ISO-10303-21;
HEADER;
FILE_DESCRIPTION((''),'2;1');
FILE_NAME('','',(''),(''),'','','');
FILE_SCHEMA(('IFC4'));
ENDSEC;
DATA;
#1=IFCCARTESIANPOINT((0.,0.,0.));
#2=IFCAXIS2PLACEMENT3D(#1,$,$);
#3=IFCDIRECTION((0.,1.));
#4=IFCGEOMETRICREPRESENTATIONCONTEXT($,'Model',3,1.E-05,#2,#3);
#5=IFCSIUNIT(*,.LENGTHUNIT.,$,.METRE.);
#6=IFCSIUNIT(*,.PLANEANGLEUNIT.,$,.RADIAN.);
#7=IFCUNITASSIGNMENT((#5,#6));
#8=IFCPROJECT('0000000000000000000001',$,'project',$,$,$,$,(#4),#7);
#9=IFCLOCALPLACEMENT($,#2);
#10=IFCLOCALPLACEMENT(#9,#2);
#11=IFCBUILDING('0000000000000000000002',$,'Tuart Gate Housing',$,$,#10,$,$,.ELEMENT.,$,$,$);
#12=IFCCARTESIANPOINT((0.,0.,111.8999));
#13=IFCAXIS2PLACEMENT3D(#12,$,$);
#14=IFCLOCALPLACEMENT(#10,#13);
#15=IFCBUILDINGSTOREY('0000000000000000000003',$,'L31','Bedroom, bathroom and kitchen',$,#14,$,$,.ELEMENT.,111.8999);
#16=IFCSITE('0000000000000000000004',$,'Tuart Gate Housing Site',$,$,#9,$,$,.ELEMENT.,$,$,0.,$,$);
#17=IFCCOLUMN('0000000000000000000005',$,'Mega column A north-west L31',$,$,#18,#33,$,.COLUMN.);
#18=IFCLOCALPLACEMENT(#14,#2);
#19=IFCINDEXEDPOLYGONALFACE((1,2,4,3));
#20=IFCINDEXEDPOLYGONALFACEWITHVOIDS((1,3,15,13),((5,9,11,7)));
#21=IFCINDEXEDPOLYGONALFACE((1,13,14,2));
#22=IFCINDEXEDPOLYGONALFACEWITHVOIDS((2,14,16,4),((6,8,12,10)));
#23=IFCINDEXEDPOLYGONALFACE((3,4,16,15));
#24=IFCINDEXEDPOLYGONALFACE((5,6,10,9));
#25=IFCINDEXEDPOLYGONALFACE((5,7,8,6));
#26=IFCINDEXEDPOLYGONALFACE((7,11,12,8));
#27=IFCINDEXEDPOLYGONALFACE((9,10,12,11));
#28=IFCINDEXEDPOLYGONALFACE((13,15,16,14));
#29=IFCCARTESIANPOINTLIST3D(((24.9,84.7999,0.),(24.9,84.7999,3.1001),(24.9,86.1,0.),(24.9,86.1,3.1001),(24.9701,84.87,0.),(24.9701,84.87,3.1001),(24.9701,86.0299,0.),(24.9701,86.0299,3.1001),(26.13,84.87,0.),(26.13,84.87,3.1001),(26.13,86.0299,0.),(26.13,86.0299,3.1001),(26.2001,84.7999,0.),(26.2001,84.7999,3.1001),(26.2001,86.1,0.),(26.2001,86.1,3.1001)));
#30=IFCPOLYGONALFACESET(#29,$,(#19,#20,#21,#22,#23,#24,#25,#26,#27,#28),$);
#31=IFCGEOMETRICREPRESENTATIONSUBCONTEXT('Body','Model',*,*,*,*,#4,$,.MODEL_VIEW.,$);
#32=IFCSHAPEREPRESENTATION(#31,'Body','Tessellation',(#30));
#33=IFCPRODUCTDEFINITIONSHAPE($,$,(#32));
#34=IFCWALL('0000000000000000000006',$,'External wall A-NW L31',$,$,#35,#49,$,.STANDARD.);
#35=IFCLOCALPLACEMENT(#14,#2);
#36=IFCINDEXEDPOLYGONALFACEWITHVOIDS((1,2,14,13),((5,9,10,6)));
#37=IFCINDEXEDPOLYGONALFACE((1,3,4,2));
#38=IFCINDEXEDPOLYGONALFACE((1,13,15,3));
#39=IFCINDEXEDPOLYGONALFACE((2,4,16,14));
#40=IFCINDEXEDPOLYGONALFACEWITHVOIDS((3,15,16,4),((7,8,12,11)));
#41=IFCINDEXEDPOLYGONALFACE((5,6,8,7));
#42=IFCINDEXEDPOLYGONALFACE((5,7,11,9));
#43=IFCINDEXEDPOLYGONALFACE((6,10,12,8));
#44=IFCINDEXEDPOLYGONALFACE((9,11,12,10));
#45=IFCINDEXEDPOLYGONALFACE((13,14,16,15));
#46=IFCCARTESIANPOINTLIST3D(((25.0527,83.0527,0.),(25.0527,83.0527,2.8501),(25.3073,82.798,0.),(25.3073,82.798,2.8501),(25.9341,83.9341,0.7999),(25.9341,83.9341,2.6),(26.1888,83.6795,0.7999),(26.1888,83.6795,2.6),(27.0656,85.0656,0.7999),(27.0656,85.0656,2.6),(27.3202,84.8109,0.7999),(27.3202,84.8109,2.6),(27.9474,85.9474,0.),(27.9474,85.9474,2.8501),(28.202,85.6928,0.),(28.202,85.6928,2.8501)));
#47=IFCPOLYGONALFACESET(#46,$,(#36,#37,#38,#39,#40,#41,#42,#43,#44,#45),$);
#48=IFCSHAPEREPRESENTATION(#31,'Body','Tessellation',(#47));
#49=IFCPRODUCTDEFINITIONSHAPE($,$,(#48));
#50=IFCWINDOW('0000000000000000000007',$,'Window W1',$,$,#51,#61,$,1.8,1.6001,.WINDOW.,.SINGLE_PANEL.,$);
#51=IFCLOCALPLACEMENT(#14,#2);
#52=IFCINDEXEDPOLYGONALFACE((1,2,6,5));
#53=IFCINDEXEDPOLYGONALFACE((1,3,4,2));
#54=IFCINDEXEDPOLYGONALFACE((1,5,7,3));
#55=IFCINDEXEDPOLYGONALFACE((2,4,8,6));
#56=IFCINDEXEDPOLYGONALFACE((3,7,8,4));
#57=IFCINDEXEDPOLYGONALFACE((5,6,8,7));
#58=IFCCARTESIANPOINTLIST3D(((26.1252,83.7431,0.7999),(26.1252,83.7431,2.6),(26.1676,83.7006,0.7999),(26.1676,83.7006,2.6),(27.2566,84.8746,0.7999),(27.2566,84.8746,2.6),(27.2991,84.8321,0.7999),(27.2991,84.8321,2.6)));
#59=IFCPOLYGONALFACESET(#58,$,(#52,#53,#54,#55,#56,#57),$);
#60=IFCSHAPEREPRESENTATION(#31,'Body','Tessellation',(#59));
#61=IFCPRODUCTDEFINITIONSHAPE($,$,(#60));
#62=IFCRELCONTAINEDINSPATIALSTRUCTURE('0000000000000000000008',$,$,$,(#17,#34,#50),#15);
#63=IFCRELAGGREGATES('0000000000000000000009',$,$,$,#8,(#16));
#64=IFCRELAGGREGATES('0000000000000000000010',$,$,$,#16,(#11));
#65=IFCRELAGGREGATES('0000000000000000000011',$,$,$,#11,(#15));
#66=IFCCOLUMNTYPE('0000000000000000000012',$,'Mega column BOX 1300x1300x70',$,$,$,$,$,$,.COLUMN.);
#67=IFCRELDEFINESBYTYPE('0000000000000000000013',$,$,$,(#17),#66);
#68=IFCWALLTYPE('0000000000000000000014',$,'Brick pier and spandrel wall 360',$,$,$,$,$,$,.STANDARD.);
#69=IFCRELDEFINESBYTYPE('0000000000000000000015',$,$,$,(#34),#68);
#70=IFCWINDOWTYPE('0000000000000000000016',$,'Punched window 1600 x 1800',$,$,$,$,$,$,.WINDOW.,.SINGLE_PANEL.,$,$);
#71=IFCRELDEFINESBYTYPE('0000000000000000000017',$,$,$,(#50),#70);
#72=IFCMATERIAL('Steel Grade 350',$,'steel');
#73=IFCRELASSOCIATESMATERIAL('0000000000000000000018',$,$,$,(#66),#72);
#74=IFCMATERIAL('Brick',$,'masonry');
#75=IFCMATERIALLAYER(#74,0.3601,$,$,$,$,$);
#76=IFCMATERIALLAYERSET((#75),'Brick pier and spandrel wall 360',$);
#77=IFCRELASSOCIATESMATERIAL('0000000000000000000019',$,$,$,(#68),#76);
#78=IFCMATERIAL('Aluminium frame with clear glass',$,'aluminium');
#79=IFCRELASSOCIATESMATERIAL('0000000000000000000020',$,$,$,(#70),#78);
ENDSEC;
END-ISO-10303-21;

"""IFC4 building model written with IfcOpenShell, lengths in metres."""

from ifc_helpers import new_model, si_unit, direction, frame, frame_2d, origin, origin_2d, place, context, subcontext, project, spatial, rectangle, hollow_rectangle, extrude, material, layer, layer_set, material_profile, profile_set, type_object, element, fill, save


model = new_model("IFC4")

# Units and contexts
model_context = context("Model", 3, precision=1e-05, world=origin(), true_north=direction((0.0, 1.0)))
body_context = subcontext(model_context, "Body", "Model", "MODEL_VIEW")
ifc_project = project(units=[si_unit("LENGTHUNIT", "METRE"), si_unit("PLANEANGLEUNIT", "RADIAN")], contexts=[model_context])

# Site, building, storey
site_placement = place(None, origin())
site = spatial("IfcSite", under=ifc_project, at=site_placement, Name="Tuart Gate Housing Site", CompositionType="ELEMENT", RefElevation=0.0)
building_placement = place(site_placement, origin())
building = spatial("IfcBuilding", under=site, at=building_placement, Name="Tuart Gate Housing", CompositionType="ELEMENT")
storey_placement = place(building_placement, frame((0.0, 0.0, 111.8999)))
storey = spatial("IfcBuildingStorey", under=building, at=storey_placement, Name="L31", Description="Bedroom, bathroom and kitchen", CompositionType="ELEMENT", Elevation=111.8999)

# Column
ifc_material_1 = material(Name="Steel Grade 350", Category="steel")
ifc_material_profile = material_profile(ifc_material_1, hollow_rectangle(XDim=1.3, YDim=1.3, WallThickness=0.0701, at=origin_2d()), Name="BOX 1300x1300x70")
ifc_profile_set = profile_set([ifc_material_profile], Name="Steel Grade 350")
column_type = type_object("IfcColumnType", Name="Mega column BOX 1300x1300x70", PredefinedType="COLUMN", material=ifc_profile_set)
column_placement = place(storey_placement, frame((25.55, 85.45, 0.0), z_axis=(0.0, 0.0, 1.0), x_axis=(1.0, 0.0, 0.0)))
element("IfcColumn", 1, at=column_placement, inside=storey, type_object=column_type, Name="Mega column A north-west L31", PredefinedType="COLUMN", context=body_context, shape_type="SweptSolid", body=[
    extrude(hollow_rectangle(XDim=1.3, YDim=1.3, WallThickness=0.0701, at=origin_2d()), origin(), (0.0, 0.0, 1.0), 3.1001),
])

# Wall, opening, window
ifc_material_2 = material(Name="Brick", Category="masonry")
ifc_layer_1 = layer(ifc_material_2, 0.3601)
ifc_layer_set_1 = layer_set([ifc_layer_1], Name="Brick pier and spandrel wall 360")
wall_type_1 = type_object("IfcWallType", Name="Brick pier and spandrel wall 360", PredefinedType="STANDARD", material=ifc_layer_set_1)
wall_1_placement = place(storey_placement, frame((28.0747, 85.8201, 0.0), z_axis=(0.0, 0.0, 1.0), x_axis=(-0.707107, -0.707107, 0.0)))
wall_1 = element("IfcWall", 2, at=wall_1_placement, inside=storey, type_object=wall_type_1, Name="External wall A-NW L31", PredefinedType="STANDARD", context=body_context, shape_type="SweptSolid", body=[
    extrude(rectangle(XDim=4.0938, YDim=0.3601, at=frame_2d((2.0469, 0.0))), origin(), (0.0, 0.0, 1.0), 2.8501),
])
opening_1_placement = place(wall_1_placement, frame((1.2471, 0.0, 0.8)))
opening_1 = element("IfcOpeningElement", 3, at=opening_1_placement, cuts=wall_1, PredefinedType="OPENING", context=body_context, shape_type="SweptSolid", body=[
    extrude(rectangle(XDim=1.6001, YDim=1.8, at=frame_2d((0.8, 0.8999))), frame((0.0, 0.1899, 0.0), z_axis=(0.0, -1.0, 0.0), x_axis=(1.0, 0.0, 0.0)), (0.0, 0.0, 1.0), 0.3801),
])
ifc_material_3 = material(Name="Aluminium frame with clear glass", Category="aluminium")
window_type = type_object("IfcWindowType", Name="Punched window 1600 x 1800", PartitioningType="SINGLE_PANEL", PredefinedType="WINDOW", material=ifc_material_3)
window_1_placement = place(opening_1_placement, origin())
window_1 = element("IfcWindow", 4, at=window_1_placement, inside=storey, type_object=window_type, Name="Window W1", OverallHeight=1.8, OverallWidth=1.6001, PartitioningType="SINGLE_PANEL", PredefinedType="WINDOW", context=body_context, shape_type="SweptSolid", body=[
    extrude(rectangle(XDim=1.6001, YDim=1.8, at=frame_2d((0.8, 0.8999))), frame((0.0, 0.1501, 0.0), z_axis=(0.0, -1.0, 0.0), x_axis=(1.0, 0.0, 0.0)), (0.0, 0.0, 1.0), 0.0601),
])
fill(opening_1, window_1)

save(model, "model.ifc")
